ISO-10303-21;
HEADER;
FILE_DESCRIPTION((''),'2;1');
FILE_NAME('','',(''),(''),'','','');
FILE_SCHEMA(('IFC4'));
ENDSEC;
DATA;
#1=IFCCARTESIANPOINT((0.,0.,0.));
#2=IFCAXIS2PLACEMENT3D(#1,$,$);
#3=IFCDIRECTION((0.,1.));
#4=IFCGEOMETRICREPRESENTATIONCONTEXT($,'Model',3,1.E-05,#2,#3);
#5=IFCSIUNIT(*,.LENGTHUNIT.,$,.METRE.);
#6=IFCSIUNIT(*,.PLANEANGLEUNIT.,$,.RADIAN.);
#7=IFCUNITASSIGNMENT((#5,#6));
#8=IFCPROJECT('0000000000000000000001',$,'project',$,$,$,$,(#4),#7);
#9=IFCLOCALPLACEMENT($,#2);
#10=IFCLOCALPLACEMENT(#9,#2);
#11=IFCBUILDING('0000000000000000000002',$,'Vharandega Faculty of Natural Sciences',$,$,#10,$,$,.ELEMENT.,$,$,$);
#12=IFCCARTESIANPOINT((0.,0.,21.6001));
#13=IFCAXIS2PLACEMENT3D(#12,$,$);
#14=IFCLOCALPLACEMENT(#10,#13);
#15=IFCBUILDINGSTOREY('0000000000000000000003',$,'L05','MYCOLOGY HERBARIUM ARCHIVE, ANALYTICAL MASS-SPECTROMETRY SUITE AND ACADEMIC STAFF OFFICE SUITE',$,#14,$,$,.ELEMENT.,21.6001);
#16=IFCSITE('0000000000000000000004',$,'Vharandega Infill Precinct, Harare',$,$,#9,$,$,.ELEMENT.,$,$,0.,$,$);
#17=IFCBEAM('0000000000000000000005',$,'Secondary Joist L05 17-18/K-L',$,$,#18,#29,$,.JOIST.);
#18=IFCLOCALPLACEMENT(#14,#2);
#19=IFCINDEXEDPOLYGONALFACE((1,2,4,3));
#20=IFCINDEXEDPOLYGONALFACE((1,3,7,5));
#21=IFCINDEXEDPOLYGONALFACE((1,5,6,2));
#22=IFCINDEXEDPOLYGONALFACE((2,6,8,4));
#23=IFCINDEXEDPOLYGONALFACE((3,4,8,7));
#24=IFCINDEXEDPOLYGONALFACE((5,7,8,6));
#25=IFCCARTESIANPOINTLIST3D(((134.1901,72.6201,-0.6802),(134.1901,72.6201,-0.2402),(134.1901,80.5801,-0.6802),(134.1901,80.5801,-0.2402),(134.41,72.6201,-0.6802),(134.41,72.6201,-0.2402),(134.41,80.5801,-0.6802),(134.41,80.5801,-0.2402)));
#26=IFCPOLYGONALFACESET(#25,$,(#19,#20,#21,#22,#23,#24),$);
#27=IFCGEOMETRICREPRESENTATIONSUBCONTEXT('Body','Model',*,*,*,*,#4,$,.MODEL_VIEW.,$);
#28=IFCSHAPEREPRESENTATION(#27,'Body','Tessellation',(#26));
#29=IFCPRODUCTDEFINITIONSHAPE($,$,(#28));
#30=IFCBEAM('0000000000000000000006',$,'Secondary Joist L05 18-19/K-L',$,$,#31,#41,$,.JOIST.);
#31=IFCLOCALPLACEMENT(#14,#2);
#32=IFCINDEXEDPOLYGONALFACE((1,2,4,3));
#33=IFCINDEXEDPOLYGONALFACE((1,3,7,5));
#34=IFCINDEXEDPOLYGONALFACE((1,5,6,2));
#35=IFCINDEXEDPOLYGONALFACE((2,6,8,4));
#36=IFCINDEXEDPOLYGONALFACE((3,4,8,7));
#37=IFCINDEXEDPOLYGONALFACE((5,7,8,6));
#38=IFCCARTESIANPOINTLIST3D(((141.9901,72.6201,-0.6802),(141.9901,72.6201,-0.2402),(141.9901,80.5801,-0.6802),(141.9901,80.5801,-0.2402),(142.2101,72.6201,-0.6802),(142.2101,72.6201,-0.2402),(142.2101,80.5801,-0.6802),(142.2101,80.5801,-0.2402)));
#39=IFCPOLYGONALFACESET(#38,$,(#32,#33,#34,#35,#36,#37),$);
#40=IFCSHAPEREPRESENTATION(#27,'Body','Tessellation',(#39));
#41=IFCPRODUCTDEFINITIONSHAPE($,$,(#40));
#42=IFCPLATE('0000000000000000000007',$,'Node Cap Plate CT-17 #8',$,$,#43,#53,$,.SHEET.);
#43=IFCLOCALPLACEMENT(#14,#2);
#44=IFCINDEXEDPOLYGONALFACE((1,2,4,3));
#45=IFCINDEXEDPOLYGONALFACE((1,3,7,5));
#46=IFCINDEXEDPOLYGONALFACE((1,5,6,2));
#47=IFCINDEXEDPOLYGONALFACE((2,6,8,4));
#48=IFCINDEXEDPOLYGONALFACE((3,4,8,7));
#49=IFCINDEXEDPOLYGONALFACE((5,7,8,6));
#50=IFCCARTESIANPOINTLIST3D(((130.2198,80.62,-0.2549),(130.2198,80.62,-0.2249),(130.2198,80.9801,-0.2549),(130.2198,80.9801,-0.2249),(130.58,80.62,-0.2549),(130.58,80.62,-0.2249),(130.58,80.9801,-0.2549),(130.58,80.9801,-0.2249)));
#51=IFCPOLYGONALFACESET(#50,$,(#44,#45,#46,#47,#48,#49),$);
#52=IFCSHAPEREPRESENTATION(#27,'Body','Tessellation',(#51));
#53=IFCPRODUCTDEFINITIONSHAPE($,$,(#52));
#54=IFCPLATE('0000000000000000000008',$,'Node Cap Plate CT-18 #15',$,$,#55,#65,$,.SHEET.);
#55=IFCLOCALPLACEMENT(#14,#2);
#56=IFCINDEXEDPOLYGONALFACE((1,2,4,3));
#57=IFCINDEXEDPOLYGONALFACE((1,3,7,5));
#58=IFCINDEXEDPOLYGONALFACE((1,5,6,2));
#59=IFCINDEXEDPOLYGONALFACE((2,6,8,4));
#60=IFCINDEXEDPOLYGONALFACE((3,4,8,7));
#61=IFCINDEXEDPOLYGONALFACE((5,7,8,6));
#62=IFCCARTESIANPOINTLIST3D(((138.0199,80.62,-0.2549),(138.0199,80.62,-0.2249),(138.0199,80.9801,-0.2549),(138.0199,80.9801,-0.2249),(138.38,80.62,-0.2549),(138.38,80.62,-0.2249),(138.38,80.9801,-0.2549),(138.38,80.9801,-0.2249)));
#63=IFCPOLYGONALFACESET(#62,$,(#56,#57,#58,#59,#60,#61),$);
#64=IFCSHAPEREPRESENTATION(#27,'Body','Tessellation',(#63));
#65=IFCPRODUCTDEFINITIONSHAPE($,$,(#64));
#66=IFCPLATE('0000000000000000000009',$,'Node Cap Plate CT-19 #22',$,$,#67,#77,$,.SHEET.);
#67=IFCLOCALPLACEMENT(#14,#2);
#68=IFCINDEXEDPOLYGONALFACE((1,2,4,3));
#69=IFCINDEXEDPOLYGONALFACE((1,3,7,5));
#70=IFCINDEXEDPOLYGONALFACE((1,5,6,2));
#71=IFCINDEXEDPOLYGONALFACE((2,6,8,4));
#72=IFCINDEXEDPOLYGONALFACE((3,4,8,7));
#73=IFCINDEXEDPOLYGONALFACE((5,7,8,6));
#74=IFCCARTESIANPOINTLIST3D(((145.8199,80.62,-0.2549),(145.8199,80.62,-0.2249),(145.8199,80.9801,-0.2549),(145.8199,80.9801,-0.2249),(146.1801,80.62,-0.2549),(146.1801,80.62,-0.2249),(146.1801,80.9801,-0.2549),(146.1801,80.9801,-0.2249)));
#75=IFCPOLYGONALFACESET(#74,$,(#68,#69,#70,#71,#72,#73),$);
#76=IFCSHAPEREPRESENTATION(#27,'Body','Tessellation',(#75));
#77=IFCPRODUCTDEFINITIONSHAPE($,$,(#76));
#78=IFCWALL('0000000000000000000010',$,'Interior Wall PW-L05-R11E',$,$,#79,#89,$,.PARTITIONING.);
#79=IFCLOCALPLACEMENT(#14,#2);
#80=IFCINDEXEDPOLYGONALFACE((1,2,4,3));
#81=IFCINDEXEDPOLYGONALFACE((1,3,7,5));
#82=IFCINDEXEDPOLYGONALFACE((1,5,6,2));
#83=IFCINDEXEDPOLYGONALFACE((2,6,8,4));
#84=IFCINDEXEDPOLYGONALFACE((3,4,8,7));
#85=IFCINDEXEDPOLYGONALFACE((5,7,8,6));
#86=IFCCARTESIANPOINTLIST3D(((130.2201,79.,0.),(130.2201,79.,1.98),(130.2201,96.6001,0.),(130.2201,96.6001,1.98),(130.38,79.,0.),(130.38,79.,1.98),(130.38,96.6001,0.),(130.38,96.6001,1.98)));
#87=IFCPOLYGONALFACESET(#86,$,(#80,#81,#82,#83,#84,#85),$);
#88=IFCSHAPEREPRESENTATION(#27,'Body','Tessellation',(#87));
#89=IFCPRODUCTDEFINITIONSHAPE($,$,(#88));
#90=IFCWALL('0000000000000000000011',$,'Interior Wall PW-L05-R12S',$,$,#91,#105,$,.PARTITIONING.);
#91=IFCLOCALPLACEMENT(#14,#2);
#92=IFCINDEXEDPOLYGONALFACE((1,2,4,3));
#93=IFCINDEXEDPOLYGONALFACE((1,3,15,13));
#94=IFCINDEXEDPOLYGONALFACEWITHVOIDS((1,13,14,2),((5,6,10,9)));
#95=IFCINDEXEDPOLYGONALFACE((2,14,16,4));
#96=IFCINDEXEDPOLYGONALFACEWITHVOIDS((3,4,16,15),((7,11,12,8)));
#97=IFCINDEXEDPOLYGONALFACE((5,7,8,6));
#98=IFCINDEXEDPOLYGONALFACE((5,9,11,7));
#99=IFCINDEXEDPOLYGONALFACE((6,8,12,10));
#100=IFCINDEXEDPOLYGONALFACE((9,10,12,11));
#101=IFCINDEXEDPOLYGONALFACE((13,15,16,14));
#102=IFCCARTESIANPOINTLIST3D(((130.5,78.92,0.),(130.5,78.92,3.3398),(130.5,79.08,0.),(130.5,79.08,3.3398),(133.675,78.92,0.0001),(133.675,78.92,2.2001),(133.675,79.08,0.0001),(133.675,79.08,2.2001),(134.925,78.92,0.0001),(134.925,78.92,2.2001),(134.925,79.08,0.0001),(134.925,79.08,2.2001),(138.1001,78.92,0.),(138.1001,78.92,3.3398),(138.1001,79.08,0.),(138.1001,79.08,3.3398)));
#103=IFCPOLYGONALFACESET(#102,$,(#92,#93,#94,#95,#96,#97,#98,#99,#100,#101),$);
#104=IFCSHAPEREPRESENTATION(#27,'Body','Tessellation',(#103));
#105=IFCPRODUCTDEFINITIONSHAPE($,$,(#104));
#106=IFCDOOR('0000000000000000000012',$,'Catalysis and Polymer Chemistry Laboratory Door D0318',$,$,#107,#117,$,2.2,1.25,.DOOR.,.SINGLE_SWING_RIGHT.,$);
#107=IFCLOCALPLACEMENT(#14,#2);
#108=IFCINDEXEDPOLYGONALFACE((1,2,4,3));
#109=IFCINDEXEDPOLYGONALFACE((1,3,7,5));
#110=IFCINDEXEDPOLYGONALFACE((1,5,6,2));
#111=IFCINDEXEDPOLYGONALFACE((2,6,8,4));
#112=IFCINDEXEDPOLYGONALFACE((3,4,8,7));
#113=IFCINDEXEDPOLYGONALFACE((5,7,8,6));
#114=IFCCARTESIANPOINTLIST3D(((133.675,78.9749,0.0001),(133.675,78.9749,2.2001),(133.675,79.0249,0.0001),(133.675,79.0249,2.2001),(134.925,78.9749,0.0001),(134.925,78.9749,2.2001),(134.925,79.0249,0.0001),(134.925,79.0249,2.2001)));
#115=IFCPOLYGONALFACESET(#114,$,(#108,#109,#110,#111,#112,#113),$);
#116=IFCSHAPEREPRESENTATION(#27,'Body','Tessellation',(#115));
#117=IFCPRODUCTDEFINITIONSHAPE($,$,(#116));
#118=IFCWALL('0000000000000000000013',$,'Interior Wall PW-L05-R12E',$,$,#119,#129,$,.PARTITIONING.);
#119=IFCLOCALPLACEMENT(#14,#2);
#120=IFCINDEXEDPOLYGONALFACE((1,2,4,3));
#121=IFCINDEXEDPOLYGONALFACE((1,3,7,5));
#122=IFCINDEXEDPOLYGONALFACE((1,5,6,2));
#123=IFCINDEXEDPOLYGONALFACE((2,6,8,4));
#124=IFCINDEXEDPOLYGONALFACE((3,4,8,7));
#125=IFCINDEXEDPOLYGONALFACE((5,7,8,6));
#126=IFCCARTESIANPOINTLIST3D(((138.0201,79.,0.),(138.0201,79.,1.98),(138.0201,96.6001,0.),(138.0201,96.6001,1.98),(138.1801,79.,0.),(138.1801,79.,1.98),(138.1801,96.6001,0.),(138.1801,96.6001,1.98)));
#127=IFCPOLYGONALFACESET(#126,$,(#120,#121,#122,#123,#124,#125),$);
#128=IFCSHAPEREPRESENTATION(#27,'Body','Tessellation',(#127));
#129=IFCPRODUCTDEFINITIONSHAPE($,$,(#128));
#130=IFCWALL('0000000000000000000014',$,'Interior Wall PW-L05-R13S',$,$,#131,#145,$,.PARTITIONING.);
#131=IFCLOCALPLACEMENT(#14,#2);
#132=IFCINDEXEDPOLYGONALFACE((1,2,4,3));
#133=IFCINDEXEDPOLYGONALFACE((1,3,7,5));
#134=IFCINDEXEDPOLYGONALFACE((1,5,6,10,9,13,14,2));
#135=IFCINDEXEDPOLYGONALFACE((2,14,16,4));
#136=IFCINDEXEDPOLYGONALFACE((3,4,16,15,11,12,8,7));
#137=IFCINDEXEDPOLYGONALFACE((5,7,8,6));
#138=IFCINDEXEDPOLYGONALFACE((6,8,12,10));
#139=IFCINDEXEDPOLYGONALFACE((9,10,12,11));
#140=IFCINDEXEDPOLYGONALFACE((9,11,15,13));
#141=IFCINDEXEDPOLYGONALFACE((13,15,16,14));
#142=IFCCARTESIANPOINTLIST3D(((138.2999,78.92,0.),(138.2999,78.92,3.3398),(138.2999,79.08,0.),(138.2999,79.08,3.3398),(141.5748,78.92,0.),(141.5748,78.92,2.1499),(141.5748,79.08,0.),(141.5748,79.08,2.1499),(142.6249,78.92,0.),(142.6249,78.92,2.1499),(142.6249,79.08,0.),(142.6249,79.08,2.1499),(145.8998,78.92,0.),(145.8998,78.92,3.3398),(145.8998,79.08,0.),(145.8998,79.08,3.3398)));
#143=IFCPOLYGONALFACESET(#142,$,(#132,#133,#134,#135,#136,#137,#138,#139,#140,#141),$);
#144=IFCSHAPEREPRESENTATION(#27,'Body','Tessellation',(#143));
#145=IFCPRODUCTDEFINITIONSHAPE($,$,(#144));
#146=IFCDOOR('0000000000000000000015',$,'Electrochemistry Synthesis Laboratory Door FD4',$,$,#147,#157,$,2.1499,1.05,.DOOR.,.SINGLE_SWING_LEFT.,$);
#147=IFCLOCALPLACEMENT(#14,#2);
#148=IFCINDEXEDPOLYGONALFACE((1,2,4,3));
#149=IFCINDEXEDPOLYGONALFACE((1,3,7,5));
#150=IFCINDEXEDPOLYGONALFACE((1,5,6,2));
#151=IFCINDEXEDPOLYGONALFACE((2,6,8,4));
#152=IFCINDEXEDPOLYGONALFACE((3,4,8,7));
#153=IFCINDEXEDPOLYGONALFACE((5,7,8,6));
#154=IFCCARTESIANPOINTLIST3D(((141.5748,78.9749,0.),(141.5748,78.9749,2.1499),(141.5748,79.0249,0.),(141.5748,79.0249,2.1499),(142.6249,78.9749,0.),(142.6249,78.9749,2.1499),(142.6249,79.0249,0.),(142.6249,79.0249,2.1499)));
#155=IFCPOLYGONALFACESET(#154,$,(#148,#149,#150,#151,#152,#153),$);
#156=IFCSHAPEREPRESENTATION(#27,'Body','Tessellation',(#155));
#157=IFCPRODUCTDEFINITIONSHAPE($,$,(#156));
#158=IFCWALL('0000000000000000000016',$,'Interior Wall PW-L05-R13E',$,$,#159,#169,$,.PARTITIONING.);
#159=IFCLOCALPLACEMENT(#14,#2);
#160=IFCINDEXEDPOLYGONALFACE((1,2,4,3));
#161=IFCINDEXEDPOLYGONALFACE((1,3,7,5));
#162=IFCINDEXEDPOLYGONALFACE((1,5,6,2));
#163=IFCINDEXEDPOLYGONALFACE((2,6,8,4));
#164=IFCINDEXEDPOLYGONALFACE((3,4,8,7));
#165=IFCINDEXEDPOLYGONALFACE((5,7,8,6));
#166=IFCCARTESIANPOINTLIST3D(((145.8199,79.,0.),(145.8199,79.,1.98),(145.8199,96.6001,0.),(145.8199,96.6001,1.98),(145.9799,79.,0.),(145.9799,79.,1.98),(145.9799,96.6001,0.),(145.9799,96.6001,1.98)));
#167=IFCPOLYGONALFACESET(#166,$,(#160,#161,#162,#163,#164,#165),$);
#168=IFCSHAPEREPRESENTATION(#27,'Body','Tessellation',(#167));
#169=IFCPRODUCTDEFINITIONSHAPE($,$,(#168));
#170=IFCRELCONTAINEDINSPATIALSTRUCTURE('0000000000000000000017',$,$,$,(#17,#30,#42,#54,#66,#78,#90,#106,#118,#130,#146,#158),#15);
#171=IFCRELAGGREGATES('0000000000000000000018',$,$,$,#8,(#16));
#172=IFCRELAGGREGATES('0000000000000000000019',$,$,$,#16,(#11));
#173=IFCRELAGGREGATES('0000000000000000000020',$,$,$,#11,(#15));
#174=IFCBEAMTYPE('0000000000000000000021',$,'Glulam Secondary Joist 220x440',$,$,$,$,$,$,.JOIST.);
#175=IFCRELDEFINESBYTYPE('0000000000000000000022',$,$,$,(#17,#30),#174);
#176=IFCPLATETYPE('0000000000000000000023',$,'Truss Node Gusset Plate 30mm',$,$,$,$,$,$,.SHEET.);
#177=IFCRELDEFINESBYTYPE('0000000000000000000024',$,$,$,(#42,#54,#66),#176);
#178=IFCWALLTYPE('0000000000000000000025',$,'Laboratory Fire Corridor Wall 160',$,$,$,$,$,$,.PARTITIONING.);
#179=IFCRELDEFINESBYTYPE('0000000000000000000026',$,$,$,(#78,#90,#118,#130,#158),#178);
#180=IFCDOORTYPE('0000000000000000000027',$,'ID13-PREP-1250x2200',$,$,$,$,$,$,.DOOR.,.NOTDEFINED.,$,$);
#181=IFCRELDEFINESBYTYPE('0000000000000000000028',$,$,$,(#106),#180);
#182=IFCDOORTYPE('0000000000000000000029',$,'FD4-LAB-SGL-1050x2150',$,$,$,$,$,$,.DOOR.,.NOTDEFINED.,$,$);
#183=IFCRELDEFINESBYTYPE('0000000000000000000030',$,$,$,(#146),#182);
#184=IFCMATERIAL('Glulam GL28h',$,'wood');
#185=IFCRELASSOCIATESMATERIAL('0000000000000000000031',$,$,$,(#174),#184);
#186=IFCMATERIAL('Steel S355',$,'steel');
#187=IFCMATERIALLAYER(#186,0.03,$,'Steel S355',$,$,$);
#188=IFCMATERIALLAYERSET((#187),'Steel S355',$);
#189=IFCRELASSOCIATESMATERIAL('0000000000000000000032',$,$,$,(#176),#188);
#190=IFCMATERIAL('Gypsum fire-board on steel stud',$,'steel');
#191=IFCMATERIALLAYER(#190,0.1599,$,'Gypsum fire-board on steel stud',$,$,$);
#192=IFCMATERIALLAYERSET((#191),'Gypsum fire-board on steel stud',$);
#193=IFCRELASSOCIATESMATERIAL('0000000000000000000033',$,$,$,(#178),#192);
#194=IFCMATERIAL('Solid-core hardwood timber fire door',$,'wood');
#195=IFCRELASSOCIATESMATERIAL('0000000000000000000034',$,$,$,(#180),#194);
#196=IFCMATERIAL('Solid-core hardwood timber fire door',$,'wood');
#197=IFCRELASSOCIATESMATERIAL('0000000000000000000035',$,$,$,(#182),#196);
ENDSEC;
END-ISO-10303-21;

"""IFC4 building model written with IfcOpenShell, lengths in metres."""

from ifc_helpers import new_model, si_unit, direction, frame, frame_2d, origin, origin_2d, place, context, subcontext, project, spatial, rectangle, extrude, material, layer, layer_set, material_profile, profile_set, type_object, element, fill, save


model = new_model("IFC4")

# Units and contexts
model_context = context("Model", 3, precision=1e-05, world=origin(), true_north=direction((0.0, 1.0)))
body_context = subcontext(model_context, "Body", "Model", "MODEL_VIEW")
ifc_project = project(units=[si_unit("LENGTHUNIT", "METRE"), si_unit("PLANEANGLEUNIT", "RADIAN")], contexts=[model_context])

# Site, building, storey
site_placement = place(None, origin())
site = spatial("IfcSite", under=ifc_project, at=site_placement, Name="Vharandega Infill Precinct, Harare", CompositionType="ELEMENT", RefElevation=0.0)
building_placement = place(site_placement, origin())
building = spatial("IfcBuilding", under=site, at=building_placement, Name="Vharandega Faculty of Natural Sciences", CompositionType="ELEMENT")
storey_placement = place(building_placement, frame((0.0, 0.0, 21.6001)))
storey = spatial("IfcBuildingStorey", under=building, at=storey_placement, Name="L05", Description="MYCOLOGY HERBARIUM ARCHIVE, ANALYTICAL MASS-SPECTROMETRY SUITE AND ACADEMIC STAFF OFFICE SUITE", CompositionType="ELEMENT", Elevation=21.6001)

# Beams
ifc_material_1 = material(Name="Glulam GL28h", Category="wood")
ifc_material_profile_1 = material_profile(ifc_material_1, rectangle(XDim=0.22, YDim=0.4399, at=origin_2d()), Name="GL28h 220x440")
ifc_profile_set_1 = profile_set([ifc_material_profile_1], Name="Glulam GL28h")
beam_type_1 = type_object("IfcBeamType", Name="Glulam Secondary Joist 220x440", PredefinedType="JOIST", material=ifc_profile_set_1)
for number, where, z_axis, x_axis, name in (
    (1, (134.3, 72.6201, -0.4602), (0.0, 1.0, 0.0), (-1.0, 0.0, 0.0), "Secondary Joist L05 17-18/K-L"),
    (2, (142.1001, 72.6201, -0.4602), (0.0, 1.0, 0.0), (-1.0, 0.0, 0.0), "Secondary Joist L05 18-19/K-L"),
):
    element("IfcBeam", number, at=place(storey_placement, frame(where, z_axis=z_axis, x_axis=x_axis)), inside=storey, type_object=beam_type_1, Name=name, PredefinedType="JOIST", context=body_context, shape_type="SweptSolid", body=[
        extrude(rectangle(XDim=0.22, YDim=0.4399, at=origin_2d()), origin(), (0.0, 0.0, 1.0), 7.96),
    ])

# Plates
ifc_material_2 = material(Name="Steel S355", Category="steel")
ifc_layer_1 = layer(ifc_material_2, 0.03, Name="Steel S355")
ifc_layer_set_1 = layer_set([ifc_layer_1], Name="Steel S355")
plate_type = type_object("IfcPlateType", Name="Truss Node Gusset Plate 30mm", PredefinedType="SHEET", material=ifc_layer_set_1)
for number, where, z_axis, x_axis, name in (
    (3, (130.3999, 80.8, -0.2549), (0.0, 0.0, 1.0), (1.0, 0.0, 0.0), "Node Cap Plate CT-17 #8"),
    (4, (138.2, 80.8, -0.2549), (0.0, 0.0, 1.0), (1.0, 0.0, 0.0), "Node Cap Plate CT-18 #15"),
    (5, (146.0, 80.8, -0.2549), (0.0, 0.0, 1.0), (1.0, 0.0, 0.0), "Node Cap Plate CT-19 #22"),
):
    element("IfcPlate", number, at=place(storey_placement, frame(where, z_axis=z_axis, x_axis=x_axis)), inside=storey, type_object=plate_type, Name=name, PredefinedType="SHEET", context=body_context, shape_type="SweptSolid", body=[
        extrude(rectangle(XDim=0.3601, YDim=0.3601, at=origin_2d()), origin(), (0.0, 0.0, 1.0), 0.03),
    ])

# Wall
ifc_material_3 = material(Name="Gypsum fire-board on steel stud", Category="steel")
ifc_layer_2 = layer(ifc_material_3, 0.1599, Name="Gypsum fire-board on steel stud")
ifc_layer_set_2 = layer_set([ifc_layer_2], Name="Gypsum fire-board on steel stud")
wall_type = type_object("IfcWallType", Name="Laboratory Fire Corridor Wall 160", PredefinedType="PARTITIONING", material=ifc_layer_set_2)
wall_1_placement = place(storey_placement, frame((130.3, 79.0, 0.0), z_axis=(0.0, 0.0, 1.0), x_axis=(0.0, 1.0, 0.0)))
element("IfcWall", 6, at=wall_1_placement, inside=storey, type_object=wall_type, Name="Interior Wall PW-L05-R11E", PredefinedType="PARTITIONING", context=body_context, shape_type="SweptSolid", body=[
    extrude(rectangle(XDim=17.6001, YDim=0.1599, at=frame_2d((8.8, 0.0))), origin(), (0.0, 0.0, 1.0), 1.98),
])

# Wall, opening, door
wall_2_placement = place(storey_placement, frame((130.5, 79.0, 0.0), z_axis=(0.0, 0.0, 1.0), x_axis=(1.0, 0.0, 0.0)))
wall_2 = element("IfcWall", 7, at=wall_2_placement, inside=storey, type_object=wall_type, Name="Interior Wall PW-L05-R12S", PredefinedType="PARTITIONING", context=body_context, shape_type="SweptSolid", body=[
    extrude(rectangle(XDim=7.6001, YDim=0.1599, at=frame_2d((3.8, 0.0))), origin(), (0.0, 0.0, 1.0), 3.3398),
])
opening_1_placement = place(wall_2_placement, frame((3.175, 0.0, 0.0)))
opening_1 = element("IfcOpeningElement", 8, at=opening_1_placement, cuts=wall_2, PredefinedType="OPENING", context=body_context, shape_type="SweptSolid", body=[
    extrude(rectangle(XDim=1.25, YDim=2.2, at=frame_2d((0.625, 1.1001))), frame((0.0, 0.0898, 0.0), z_axis=(0.0, -1.0, 0.0), x_axis=(1.0, 0.0, 0.0)), (0.0, 0.0, 1.0), 0.1799),
])
ifc_material_4 = material(Name="Solid-core hardwood timber fire door", Category="wood")
door_type_1 = type_object("IfcDoorType", Name="ID13-PREP-1250x2200", OperationType="NOTDEFINED", PredefinedType="DOOR", material=ifc_material_4)
door_1_placement = place(opening_1_placement, origin())
door_1 = element("IfcDoor", 9, at=door_1_placement, inside=storey, type_object=door_type_1, Name="Catalysis and Polymer Chemistry Laboratory Door D0318", OperationType="SINGLE_SWING_RIGHT", OverallHeight=2.2, OverallWidth=1.25, PredefinedType="DOOR", context=body_context, shape_type="SweptSolid", body=[
    extrude(rectangle(XDim=1.25, YDim=2.2, at=frame_2d((0.625, 1.1001))), frame((0.0, 0.0249, 0.0), z_axis=(0.0, -1.0, 0.0), x_axis=(1.0, 0.0, 0.0)), (0.0, 0.0, 1.0), 0.05),
])
fill(opening_1, door_1)

# Wall
wall_3_placement = place(storey_placement, frame((138.1001, 79.0, 0.0), z_axis=(0.0, 0.0, 1.0), x_axis=(0.0, 1.0, 0.0)))
element("IfcWall", 10, at=wall_3_placement, inside=storey, type_object=wall_type, Name="Interior Wall PW-L05-R12E", PredefinedType="PARTITIONING", context=body_context, shape_type="SweptSolid", body=[
    extrude(rectangle(XDim=17.6001, YDim=0.1599, at=frame_2d((8.8, 0.0))), origin(), (0.0, 0.0, 1.0), 1.98),
])

# Wall, opening, door
wall_4_placement = place(storey_placement, frame((138.3, 79.0, 0.0), z_axis=(0.0, 0.0, 1.0), x_axis=(1.0, 0.0, 0.0)))
wall_4 = element("IfcWall", 11, at=wall_4_placement, inside=storey, type_object=wall_type, Name="Interior Wall PW-L05-R13S", PredefinedType="PARTITIONING", context=body_context, shape_type="SweptSolid", body=[
    extrude(rectangle(XDim=7.5999, YDim=0.1599, at=frame_2d((3.7998, 0.0))), origin(), (0.0, 0.0, 1.0), 3.3398),
])
opening_2_placement = place(wall_4_placement, frame((3.2749, 0.0, 0.0)))
opening_2 = element("IfcOpeningElement", 12, at=opening_2_placement, cuts=wall_4, PredefinedType="OPENING", context=body_context, shape_type="SweptSolid", body=[
    extrude(rectangle(XDim=1.05, YDim=2.1499, at=frame_2d((0.5249, 1.075))), frame((0.0, 0.0898, 0.0), z_axis=(0.0, -1.0, 0.0), x_axis=(1.0, 0.0, 0.0)), (0.0, 0.0, 1.0), 0.1799),
])
ifc_material_5 = material(Name="Solid-core hardwood timber fire door", Category="wood")
door_type_2 = type_object("IfcDoorType", Name="FD4-LAB-SGL-1050x2150", OperationType="NOTDEFINED", PredefinedType="DOOR", material=ifc_material_5)
door_2_placement = place(opening_2_placement, origin())
door_2 = element("IfcDoor", 13, at=door_2_placement, inside=storey, type_object=door_type_2, Name="Electrochemistry Synthesis Laboratory Door FD4", OperationType="SINGLE_SWING_LEFT", OverallHeight=2.1499, OverallWidth=1.05, PredefinedType="DOOR", context=body_context, shape_type="SweptSolid", body=[
    extrude(rectangle(XDim=1.05, YDim=2.1499, at=frame_2d((0.5249, 1.075))), frame((0.0, 0.0249, 0.0), z_axis=(0.0, -1.0, 0.0), x_axis=(1.0, 0.0, 0.0)), (0.0, 0.0, 1.0), 0.05),
])
fill(opening_2, door_2)

# Wall
wall_5_placement = place(storey_placement, frame((145.8999, 79.0, 0.0), z_axis=(0.0, 0.0, 1.0), x_axis=(0.0, 1.0, 0.0)))
element("IfcWall", 14, at=wall_5_placement, inside=storey, type_object=wall_type, Name="Interior Wall PW-L05-R13E", PredefinedType="PARTITIONING", context=body_context, shape_type="SweptSolid", body=[
    extrude(rectangle(XDim=17.6001, YDim=0.1599, at=frame_2d((8.8, 0.0))), origin(), (0.0, 0.0, 1.0), 1.98),
])

save(model, "model.ifc")
